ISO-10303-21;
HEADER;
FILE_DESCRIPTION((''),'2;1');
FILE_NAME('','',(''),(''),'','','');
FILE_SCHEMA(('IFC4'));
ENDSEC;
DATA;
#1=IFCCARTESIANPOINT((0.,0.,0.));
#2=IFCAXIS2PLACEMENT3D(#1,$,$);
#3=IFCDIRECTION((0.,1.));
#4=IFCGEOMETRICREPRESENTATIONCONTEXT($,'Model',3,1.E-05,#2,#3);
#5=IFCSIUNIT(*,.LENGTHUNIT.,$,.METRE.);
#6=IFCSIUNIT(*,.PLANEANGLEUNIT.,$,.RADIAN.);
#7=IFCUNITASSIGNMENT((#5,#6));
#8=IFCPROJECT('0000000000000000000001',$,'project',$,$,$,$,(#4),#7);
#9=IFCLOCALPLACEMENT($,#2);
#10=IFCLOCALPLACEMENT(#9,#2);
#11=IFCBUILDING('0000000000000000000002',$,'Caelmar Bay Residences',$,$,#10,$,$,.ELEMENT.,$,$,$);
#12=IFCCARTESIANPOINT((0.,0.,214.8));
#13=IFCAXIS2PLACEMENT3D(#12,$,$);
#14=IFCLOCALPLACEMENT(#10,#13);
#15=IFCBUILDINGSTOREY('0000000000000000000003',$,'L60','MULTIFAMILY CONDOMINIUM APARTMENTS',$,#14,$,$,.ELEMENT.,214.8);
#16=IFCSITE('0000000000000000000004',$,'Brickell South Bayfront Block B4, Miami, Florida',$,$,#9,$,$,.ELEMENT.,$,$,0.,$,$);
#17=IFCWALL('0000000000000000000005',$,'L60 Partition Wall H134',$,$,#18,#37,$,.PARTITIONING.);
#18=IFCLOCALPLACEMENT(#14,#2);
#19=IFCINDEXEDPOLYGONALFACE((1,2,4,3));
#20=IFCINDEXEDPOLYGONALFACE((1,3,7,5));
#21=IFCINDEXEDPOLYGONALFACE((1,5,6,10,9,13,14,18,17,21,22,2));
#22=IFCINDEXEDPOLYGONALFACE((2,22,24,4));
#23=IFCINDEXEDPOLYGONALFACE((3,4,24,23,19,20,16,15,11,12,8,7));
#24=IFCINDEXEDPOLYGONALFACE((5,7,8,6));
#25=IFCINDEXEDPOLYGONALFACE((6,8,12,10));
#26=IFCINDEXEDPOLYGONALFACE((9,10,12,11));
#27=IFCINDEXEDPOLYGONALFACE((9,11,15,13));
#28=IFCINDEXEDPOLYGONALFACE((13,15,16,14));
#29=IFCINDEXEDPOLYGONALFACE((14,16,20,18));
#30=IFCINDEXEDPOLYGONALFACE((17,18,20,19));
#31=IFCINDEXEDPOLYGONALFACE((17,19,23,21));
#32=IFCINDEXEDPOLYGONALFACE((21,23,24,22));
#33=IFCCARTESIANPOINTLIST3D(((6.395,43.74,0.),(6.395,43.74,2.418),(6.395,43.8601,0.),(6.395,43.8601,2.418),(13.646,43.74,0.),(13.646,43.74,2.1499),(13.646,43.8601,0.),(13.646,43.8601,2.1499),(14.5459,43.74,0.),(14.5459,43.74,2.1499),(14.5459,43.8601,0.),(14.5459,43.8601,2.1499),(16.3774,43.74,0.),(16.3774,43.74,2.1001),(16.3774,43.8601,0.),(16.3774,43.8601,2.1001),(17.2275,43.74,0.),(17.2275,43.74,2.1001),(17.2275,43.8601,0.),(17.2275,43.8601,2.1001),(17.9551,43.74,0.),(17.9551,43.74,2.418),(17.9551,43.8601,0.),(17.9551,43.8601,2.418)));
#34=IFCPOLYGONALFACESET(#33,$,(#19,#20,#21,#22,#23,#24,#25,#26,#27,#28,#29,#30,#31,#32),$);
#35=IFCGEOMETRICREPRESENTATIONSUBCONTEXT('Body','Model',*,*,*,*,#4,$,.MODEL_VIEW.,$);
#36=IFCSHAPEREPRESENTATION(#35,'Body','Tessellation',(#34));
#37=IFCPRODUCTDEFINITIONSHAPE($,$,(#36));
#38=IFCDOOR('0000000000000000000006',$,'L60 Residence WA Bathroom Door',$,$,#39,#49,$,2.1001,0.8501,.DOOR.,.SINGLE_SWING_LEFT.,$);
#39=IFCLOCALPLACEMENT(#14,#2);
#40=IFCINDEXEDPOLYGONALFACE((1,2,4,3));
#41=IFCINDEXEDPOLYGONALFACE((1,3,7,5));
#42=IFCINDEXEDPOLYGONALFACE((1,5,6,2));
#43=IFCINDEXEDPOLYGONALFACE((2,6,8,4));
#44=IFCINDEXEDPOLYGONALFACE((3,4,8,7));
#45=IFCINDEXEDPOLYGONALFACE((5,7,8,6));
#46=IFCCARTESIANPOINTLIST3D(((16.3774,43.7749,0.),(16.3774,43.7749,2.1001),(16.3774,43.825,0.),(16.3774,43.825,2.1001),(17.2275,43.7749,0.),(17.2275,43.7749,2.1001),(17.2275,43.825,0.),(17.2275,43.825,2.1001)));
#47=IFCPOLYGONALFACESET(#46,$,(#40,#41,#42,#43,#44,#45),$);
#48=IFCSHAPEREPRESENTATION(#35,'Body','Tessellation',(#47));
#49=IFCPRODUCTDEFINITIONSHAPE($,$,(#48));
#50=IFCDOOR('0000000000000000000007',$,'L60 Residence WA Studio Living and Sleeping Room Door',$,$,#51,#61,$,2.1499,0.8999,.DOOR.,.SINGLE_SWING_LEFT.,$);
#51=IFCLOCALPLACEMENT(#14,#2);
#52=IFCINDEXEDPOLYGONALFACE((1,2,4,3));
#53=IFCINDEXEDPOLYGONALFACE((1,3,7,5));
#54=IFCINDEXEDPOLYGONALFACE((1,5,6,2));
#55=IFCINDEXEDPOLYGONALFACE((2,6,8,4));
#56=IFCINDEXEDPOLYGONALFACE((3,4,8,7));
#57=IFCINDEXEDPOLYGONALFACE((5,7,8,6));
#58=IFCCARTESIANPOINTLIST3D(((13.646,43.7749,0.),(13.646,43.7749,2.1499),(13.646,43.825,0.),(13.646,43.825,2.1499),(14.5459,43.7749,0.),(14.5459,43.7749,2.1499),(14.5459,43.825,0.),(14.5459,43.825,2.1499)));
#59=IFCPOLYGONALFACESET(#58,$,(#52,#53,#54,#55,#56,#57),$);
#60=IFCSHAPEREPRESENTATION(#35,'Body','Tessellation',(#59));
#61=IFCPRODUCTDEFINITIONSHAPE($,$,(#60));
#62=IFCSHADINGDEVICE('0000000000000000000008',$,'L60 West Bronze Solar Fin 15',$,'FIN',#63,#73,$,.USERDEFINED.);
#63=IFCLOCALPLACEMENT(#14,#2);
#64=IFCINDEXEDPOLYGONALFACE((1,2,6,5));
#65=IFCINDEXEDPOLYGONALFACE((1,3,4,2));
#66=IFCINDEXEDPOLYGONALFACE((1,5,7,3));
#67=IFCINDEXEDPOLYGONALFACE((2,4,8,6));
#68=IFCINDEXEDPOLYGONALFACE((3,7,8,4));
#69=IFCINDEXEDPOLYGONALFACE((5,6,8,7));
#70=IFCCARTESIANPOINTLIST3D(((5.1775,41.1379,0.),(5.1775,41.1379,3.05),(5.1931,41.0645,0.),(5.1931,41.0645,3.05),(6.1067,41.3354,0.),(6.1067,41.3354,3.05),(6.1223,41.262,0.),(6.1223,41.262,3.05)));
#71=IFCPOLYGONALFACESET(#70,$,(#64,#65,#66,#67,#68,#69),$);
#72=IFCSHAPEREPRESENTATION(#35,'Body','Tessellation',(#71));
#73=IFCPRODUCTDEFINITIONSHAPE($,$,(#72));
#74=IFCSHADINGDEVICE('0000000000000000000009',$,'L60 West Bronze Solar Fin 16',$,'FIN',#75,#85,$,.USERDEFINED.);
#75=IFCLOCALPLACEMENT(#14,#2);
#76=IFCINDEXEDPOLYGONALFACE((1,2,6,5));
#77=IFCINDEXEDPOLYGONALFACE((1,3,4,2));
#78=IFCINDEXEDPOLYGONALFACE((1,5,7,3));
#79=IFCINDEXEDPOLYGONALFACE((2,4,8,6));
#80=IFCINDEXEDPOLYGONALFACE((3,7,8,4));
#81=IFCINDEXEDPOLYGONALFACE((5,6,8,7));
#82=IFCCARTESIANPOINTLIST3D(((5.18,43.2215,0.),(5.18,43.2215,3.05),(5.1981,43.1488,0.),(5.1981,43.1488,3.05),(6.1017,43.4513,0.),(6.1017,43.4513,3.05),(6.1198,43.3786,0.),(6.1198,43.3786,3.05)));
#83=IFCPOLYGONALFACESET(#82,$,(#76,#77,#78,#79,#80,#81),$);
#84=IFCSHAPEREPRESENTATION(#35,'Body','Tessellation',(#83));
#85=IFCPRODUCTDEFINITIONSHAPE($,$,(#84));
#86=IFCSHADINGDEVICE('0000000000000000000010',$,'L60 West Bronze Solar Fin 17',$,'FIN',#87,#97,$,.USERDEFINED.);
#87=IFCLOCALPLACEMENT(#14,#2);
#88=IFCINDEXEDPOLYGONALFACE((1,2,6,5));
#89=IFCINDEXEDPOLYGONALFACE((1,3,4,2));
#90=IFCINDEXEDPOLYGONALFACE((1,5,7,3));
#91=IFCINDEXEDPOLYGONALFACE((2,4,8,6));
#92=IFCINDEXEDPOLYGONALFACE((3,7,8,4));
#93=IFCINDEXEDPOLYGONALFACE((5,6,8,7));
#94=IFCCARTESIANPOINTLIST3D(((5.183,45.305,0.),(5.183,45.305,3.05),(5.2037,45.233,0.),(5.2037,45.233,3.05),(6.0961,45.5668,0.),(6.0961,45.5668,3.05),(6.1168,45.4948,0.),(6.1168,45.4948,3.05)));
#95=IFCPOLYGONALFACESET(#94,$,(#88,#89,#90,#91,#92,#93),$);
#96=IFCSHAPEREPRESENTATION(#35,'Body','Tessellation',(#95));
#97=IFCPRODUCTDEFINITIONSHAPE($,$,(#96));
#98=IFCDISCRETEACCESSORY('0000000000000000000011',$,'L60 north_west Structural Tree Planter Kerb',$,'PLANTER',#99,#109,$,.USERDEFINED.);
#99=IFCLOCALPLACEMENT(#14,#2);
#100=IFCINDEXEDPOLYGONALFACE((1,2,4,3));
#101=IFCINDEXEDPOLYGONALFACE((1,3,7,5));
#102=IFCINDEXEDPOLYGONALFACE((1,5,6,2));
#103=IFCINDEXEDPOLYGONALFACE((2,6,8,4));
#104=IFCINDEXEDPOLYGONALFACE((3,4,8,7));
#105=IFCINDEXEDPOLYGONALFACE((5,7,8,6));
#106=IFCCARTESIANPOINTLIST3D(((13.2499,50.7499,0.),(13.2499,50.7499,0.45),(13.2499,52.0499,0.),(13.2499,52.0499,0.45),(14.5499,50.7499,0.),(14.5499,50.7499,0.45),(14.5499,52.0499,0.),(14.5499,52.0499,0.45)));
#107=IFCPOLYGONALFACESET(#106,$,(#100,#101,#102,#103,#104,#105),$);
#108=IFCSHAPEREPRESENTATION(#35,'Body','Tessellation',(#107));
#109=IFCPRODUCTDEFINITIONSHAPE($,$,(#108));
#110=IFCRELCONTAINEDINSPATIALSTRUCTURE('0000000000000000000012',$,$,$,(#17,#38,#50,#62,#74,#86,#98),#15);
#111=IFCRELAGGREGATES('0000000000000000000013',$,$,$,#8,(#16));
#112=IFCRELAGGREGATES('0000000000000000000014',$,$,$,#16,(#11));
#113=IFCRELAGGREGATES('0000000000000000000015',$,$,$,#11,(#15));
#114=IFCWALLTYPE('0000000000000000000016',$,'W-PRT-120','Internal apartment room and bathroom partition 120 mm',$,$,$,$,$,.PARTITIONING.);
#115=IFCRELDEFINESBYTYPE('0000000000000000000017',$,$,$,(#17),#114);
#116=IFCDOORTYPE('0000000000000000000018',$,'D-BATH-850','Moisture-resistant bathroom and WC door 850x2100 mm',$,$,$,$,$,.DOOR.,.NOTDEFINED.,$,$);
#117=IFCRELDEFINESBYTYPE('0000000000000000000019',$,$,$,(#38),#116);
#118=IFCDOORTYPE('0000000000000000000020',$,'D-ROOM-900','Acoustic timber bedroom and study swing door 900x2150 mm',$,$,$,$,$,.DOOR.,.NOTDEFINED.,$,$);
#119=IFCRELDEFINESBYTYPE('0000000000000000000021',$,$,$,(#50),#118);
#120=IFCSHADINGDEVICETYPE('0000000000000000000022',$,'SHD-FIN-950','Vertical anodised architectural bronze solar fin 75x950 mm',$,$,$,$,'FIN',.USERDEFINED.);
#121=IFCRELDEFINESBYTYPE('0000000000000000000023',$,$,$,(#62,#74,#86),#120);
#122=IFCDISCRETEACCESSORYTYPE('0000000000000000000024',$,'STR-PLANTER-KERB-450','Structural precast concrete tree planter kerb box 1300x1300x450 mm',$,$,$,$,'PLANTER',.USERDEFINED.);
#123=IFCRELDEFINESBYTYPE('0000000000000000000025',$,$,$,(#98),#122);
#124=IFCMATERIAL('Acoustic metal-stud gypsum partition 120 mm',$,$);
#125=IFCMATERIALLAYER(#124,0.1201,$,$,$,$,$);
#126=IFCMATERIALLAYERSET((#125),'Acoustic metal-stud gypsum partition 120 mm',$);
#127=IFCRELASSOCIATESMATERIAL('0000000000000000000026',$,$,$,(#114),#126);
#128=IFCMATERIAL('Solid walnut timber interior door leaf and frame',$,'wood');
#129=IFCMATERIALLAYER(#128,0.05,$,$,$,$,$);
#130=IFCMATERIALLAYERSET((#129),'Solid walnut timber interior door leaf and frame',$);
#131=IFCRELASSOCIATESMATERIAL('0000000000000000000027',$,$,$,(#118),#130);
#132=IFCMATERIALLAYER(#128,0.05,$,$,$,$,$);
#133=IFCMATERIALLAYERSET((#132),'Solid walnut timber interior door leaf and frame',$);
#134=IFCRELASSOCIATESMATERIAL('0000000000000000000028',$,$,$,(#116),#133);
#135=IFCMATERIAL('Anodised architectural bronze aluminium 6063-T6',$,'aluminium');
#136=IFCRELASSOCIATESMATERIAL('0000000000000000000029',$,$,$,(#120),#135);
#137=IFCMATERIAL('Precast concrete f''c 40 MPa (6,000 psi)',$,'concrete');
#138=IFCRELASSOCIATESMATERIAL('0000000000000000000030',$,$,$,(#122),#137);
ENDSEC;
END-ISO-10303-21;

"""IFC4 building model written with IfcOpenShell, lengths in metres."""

from ifc_helpers import new_model, si_unit, direction, frame, frame_2d, origin, origin_2d, place, context, subcontext, project, spatial, rectangle, extrude, material, layer, layer_set, material_profile, profile_set, type_object, element, fill, save


model = new_model("IFC4")

# Units and contexts
model_context = context("Model", 3, precision=1e-05, world=origin(), true_north=direction((0.0, 1.0)))
body_context = subcontext(model_context, "Body", "Model", "MODEL_VIEW")
ifc_project = project(units=[si_unit("LENGTHUNIT", "METRE"), si_unit("PLANEANGLEUNIT", "RADIAN")], contexts=[model_context])

# Site, building, storey
site_placement = place(None, origin())
site = spatial("IfcSite", under=ifc_project, at=site_placement, Name="Brickell South Bayfront Block B4, Miami, Florida", CompositionType="ELEMENT", RefElevation=0.0)
building_placement = place(site_placement, origin())
building = spatial("IfcBuilding", under=site, at=building_placement, Name="Caelmar Bay Residences", CompositionType="ELEMENT")
storey_placement = place(building_placement, frame((0.0, 0.0, 214.8)))
storey = spatial("IfcBuildingStorey", under=building, at=storey_placement, Name="L60", Description="MULTIFAMILY CONDOMINIUM APARTMENTS", CompositionType="ELEMENT", Elevation=214.8)

# Shared definitions
ifc_material_1 = material(Name="Precast concrete f'c 40 MPa (6,000 psi)", Category="concrete")

# Shared definitions
ifc_material_2 = material(Name="Acoustic metal-stud gypsum partition 120 mm")
ifc_layer_1 = layer(ifc_material_2, 0.1201)
ifc_layer_set_1 = layer_set([ifc_layer_1], Name="Acoustic metal-stud gypsum partition 120 mm")
wall_type_1 = type_object("IfcWallType", Name="W-PRT-120", Description="Internal apartment room and bathroom partition 120 mm", PredefinedType="PARTITIONING", material=ifc_layer_set_1)
ifc_material_3 = material(Name="Solid walnut timber interior door leaf and frame", Category="wood")
ifc_layer_2 = layer(ifc_material_3, 0.05)
ifc_layer_set_2 = layer_set([ifc_layer_2], Name="Solid walnut timber interior door leaf and frame")
door_type_1 = type_object("IfcDoorType", Name="D-ROOM-900", Description="Acoustic timber bedroom and study swing door 900x2150 mm", OperationType="NOTDEFINED", PredefinedType="DOOR", material=ifc_layer_set_2)

# Wall, openings, doors
wall_1_placement = place(storey_placement, frame((6.395, 43.8, 0.0), z_axis=(0.0, 0.0, 1.0), x_axis=(1.0, 0.0, 0.0)))
wall_1 = element("IfcWall", 1, at=wall_1_placement, inside=storey, type_object=wall_type_1, Name="L60 Partition Wall H134", PredefinedType="PARTITIONING", context=body_context, shape_type="SweptSolid", body=[
    extrude(rectangle(XDim=11.5601, YDim=0.1201, at=frame_2d((5.78, 0.0))), origin(), (0.0, 0.0, 1.0), 2.418),
])
opening_1_placement = place(wall_1_placement, frame((7.251, 0.0, 0.0)))
opening_1 = element("IfcOpeningElement", 2, at=opening_1_placement, cuts=wall_1, PredefinedType="OPENING", context=body_context, shape_type="SweptSolid", body=[
    extrude(rectangle(XDim=0.8999, YDim=2.1499, at=frame_2d((0.45, 1.075))), frame((0.0, 0.0701, 0.0), z_axis=(0.0, -1.0, 0.0), x_axis=(1.0, 0.0, 0.0)), (0.0, 0.0, 1.0), 0.1401),
])
opening_2_placement = place(wall_1_placement, frame((9.9824, 0.0, 0.0)))
opening_2 = element("IfcOpeningElement", 3, at=opening_2_placement, cuts=wall_1, PredefinedType="OPENING", context=body_context, shape_type="SweptSolid", body=[
    extrude(rectangle(XDim=0.8501, YDim=2.1001, at=frame_2d((0.425, 1.05))), frame((0.0, 0.0701, 0.0), z_axis=(0.0, -1.0, 0.0), x_axis=(1.0, 0.0, 0.0)), (0.0, 0.0, 1.0), 0.1401),
])
ifc_layer_3 = layer(ifc_material_3, 0.05)
ifc_layer_set_3 = layer_set([ifc_layer_3], Name="Solid walnut timber interior door leaf and frame")
door_type_2 = type_object("IfcDoorType", Name="D-BATH-850", Description="Moisture-resistant bathroom and WC door 850x2100 mm", OperationType="NOTDEFINED", PredefinedType="DOOR", material=ifc_layer_set_3)
door_1_placement = place(opening_2_placement, origin())
door_1 = element("IfcDoor", 4, at=door_1_placement, inside=storey, type_object=door_type_2, Name="L60 Residence WA Bathroom Door", OperationType="SINGLE_SWING_LEFT", OverallHeight=2.1001, OverallWidth=0.8501, PredefinedType="DOOR", context=body_context, shape_type="SweptSolid", body=[
    extrude(rectangle(XDim=0.8501, YDim=2.1001, at=frame_2d((0.425, 1.05))), frame((0.0, 0.0249, 0.0), z_axis=(0.0, -1.0, 0.0), x_axis=(1.0, 0.0, 0.0)), (0.0, 0.0, 1.0), 0.05),
])
fill(opening_2, door_1)
door_2_placement = place(opening_1_placement, origin())
door_2 = element("IfcDoor", 5, at=door_2_placement, inside=storey, type_object=door_type_1, Name="L60 Residence WA Studio Living and Sleeping Room Door", OperationType="SINGLE_SWING_LEFT", OverallHeight=2.1499, OverallWidth=0.8999, PredefinedType="DOOR", context=body_context, shape_type="SweptSolid", body=[
    extrude(rectangle(XDim=0.8999, YDim=2.1499, at=frame_2d((0.45, 1.075))), frame((0.0, 0.0249, 0.0), z_axis=(0.0, -1.0, 0.0), x_axis=(1.0, 0.0, 0.0)), (0.0, 0.0, 1.0), 0.05),
])
fill(opening_1, door_2)

# Shading devices
ifc_material_4 = material(Name="Anodised architectural bronze aluminium 6063-T6", Category="aluminium")
ifc_material_profile_1 = material_profile(ifc_material_4, rectangle(XDim=0.075, YDim=0.95, at=origin_2d()), Name="BRONZE-FIN-75X950")
ifc_profile_set_1 = profile_set([ifc_material_profile_1], Name="Anodised architectural bronze aluminium 6063-T6")
shading_device_type = type_object("IfcShadingDeviceType", Name="SHD-FIN-950", Description="Vertical anodised architectural bronze solar fin 75x950 mm", ElementType="FIN", PredefinedType="USERDEFINED", material=ifc_profile_set_1)
for number, where, z_axis, x_axis, name in (
    (6, (5.6499, 41.2, 0.0), (0.0, 0.0, 1.0), (-0.207912, 0.978148, 0.0), "L60 West Bronze Solar Fin 15"),
    (7, (5.6499, 43.3, 0.0), (0.0, 0.0, 1.0), (-0.241922, 0.970296, 0.0), "L60 West Bronze Solar Fin 16"),
    (8, (5.6499, 45.3999, 0.0), (0.0, 0.0, 1.0), (-0.275637, 0.961262, 0.0), "L60 West Bronze Solar Fin 17"),
):
    element("IfcShadingDevice", number, at=place(storey_placement, frame(where, z_axis=z_axis, x_axis=x_axis)), inside=storey, type_object=shading_device_type, Name=name, ObjectType="FIN", PredefinedType="USERDEFINED", context=body_context, shape_type="SweptSolid", body=[
        extrude(rectangle(XDim=0.075, YDim=0.95, at=origin_2d()), origin(), (0.0, 0.0, 1.0), 3.05),
    ])

# Discrete accessory
discrete_accessory_type = type_object("IfcDiscreteAccessoryType", Name="STR-PLANTER-KERB-450", Description="Structural precast concrete tree planter kerb box 1300x1300x450 mm", ElementType="PLANTER", PredefinedType="USERDEFINED", material=ifc_material_1)
discrete_accessory_placement = place(storey_placement, frame((13.8999, 51.3999, 0.0), z_axis=(0.0, 0.0, 1.0), x_axis=(1.0, 0.0, 0.0)))
element("IfcDiscreteAccessory", 9, at=discrete_accessory_placement, inside=storey, type_object=discrete_accessory_type, Name="L60 north_west Structural Tree Planter Kerb", ObjectType="PLANTER", PredefinedType="USERDEFINED", context=body_context, shape_type="SweptSolid", body=[
    extrude(rectangle(XDim=1.3, YDim=1.3, at=origin_2d()), origin(), (0.0, 0.0, 1.0), 0.45),
])

save(model, "model.ifc")
